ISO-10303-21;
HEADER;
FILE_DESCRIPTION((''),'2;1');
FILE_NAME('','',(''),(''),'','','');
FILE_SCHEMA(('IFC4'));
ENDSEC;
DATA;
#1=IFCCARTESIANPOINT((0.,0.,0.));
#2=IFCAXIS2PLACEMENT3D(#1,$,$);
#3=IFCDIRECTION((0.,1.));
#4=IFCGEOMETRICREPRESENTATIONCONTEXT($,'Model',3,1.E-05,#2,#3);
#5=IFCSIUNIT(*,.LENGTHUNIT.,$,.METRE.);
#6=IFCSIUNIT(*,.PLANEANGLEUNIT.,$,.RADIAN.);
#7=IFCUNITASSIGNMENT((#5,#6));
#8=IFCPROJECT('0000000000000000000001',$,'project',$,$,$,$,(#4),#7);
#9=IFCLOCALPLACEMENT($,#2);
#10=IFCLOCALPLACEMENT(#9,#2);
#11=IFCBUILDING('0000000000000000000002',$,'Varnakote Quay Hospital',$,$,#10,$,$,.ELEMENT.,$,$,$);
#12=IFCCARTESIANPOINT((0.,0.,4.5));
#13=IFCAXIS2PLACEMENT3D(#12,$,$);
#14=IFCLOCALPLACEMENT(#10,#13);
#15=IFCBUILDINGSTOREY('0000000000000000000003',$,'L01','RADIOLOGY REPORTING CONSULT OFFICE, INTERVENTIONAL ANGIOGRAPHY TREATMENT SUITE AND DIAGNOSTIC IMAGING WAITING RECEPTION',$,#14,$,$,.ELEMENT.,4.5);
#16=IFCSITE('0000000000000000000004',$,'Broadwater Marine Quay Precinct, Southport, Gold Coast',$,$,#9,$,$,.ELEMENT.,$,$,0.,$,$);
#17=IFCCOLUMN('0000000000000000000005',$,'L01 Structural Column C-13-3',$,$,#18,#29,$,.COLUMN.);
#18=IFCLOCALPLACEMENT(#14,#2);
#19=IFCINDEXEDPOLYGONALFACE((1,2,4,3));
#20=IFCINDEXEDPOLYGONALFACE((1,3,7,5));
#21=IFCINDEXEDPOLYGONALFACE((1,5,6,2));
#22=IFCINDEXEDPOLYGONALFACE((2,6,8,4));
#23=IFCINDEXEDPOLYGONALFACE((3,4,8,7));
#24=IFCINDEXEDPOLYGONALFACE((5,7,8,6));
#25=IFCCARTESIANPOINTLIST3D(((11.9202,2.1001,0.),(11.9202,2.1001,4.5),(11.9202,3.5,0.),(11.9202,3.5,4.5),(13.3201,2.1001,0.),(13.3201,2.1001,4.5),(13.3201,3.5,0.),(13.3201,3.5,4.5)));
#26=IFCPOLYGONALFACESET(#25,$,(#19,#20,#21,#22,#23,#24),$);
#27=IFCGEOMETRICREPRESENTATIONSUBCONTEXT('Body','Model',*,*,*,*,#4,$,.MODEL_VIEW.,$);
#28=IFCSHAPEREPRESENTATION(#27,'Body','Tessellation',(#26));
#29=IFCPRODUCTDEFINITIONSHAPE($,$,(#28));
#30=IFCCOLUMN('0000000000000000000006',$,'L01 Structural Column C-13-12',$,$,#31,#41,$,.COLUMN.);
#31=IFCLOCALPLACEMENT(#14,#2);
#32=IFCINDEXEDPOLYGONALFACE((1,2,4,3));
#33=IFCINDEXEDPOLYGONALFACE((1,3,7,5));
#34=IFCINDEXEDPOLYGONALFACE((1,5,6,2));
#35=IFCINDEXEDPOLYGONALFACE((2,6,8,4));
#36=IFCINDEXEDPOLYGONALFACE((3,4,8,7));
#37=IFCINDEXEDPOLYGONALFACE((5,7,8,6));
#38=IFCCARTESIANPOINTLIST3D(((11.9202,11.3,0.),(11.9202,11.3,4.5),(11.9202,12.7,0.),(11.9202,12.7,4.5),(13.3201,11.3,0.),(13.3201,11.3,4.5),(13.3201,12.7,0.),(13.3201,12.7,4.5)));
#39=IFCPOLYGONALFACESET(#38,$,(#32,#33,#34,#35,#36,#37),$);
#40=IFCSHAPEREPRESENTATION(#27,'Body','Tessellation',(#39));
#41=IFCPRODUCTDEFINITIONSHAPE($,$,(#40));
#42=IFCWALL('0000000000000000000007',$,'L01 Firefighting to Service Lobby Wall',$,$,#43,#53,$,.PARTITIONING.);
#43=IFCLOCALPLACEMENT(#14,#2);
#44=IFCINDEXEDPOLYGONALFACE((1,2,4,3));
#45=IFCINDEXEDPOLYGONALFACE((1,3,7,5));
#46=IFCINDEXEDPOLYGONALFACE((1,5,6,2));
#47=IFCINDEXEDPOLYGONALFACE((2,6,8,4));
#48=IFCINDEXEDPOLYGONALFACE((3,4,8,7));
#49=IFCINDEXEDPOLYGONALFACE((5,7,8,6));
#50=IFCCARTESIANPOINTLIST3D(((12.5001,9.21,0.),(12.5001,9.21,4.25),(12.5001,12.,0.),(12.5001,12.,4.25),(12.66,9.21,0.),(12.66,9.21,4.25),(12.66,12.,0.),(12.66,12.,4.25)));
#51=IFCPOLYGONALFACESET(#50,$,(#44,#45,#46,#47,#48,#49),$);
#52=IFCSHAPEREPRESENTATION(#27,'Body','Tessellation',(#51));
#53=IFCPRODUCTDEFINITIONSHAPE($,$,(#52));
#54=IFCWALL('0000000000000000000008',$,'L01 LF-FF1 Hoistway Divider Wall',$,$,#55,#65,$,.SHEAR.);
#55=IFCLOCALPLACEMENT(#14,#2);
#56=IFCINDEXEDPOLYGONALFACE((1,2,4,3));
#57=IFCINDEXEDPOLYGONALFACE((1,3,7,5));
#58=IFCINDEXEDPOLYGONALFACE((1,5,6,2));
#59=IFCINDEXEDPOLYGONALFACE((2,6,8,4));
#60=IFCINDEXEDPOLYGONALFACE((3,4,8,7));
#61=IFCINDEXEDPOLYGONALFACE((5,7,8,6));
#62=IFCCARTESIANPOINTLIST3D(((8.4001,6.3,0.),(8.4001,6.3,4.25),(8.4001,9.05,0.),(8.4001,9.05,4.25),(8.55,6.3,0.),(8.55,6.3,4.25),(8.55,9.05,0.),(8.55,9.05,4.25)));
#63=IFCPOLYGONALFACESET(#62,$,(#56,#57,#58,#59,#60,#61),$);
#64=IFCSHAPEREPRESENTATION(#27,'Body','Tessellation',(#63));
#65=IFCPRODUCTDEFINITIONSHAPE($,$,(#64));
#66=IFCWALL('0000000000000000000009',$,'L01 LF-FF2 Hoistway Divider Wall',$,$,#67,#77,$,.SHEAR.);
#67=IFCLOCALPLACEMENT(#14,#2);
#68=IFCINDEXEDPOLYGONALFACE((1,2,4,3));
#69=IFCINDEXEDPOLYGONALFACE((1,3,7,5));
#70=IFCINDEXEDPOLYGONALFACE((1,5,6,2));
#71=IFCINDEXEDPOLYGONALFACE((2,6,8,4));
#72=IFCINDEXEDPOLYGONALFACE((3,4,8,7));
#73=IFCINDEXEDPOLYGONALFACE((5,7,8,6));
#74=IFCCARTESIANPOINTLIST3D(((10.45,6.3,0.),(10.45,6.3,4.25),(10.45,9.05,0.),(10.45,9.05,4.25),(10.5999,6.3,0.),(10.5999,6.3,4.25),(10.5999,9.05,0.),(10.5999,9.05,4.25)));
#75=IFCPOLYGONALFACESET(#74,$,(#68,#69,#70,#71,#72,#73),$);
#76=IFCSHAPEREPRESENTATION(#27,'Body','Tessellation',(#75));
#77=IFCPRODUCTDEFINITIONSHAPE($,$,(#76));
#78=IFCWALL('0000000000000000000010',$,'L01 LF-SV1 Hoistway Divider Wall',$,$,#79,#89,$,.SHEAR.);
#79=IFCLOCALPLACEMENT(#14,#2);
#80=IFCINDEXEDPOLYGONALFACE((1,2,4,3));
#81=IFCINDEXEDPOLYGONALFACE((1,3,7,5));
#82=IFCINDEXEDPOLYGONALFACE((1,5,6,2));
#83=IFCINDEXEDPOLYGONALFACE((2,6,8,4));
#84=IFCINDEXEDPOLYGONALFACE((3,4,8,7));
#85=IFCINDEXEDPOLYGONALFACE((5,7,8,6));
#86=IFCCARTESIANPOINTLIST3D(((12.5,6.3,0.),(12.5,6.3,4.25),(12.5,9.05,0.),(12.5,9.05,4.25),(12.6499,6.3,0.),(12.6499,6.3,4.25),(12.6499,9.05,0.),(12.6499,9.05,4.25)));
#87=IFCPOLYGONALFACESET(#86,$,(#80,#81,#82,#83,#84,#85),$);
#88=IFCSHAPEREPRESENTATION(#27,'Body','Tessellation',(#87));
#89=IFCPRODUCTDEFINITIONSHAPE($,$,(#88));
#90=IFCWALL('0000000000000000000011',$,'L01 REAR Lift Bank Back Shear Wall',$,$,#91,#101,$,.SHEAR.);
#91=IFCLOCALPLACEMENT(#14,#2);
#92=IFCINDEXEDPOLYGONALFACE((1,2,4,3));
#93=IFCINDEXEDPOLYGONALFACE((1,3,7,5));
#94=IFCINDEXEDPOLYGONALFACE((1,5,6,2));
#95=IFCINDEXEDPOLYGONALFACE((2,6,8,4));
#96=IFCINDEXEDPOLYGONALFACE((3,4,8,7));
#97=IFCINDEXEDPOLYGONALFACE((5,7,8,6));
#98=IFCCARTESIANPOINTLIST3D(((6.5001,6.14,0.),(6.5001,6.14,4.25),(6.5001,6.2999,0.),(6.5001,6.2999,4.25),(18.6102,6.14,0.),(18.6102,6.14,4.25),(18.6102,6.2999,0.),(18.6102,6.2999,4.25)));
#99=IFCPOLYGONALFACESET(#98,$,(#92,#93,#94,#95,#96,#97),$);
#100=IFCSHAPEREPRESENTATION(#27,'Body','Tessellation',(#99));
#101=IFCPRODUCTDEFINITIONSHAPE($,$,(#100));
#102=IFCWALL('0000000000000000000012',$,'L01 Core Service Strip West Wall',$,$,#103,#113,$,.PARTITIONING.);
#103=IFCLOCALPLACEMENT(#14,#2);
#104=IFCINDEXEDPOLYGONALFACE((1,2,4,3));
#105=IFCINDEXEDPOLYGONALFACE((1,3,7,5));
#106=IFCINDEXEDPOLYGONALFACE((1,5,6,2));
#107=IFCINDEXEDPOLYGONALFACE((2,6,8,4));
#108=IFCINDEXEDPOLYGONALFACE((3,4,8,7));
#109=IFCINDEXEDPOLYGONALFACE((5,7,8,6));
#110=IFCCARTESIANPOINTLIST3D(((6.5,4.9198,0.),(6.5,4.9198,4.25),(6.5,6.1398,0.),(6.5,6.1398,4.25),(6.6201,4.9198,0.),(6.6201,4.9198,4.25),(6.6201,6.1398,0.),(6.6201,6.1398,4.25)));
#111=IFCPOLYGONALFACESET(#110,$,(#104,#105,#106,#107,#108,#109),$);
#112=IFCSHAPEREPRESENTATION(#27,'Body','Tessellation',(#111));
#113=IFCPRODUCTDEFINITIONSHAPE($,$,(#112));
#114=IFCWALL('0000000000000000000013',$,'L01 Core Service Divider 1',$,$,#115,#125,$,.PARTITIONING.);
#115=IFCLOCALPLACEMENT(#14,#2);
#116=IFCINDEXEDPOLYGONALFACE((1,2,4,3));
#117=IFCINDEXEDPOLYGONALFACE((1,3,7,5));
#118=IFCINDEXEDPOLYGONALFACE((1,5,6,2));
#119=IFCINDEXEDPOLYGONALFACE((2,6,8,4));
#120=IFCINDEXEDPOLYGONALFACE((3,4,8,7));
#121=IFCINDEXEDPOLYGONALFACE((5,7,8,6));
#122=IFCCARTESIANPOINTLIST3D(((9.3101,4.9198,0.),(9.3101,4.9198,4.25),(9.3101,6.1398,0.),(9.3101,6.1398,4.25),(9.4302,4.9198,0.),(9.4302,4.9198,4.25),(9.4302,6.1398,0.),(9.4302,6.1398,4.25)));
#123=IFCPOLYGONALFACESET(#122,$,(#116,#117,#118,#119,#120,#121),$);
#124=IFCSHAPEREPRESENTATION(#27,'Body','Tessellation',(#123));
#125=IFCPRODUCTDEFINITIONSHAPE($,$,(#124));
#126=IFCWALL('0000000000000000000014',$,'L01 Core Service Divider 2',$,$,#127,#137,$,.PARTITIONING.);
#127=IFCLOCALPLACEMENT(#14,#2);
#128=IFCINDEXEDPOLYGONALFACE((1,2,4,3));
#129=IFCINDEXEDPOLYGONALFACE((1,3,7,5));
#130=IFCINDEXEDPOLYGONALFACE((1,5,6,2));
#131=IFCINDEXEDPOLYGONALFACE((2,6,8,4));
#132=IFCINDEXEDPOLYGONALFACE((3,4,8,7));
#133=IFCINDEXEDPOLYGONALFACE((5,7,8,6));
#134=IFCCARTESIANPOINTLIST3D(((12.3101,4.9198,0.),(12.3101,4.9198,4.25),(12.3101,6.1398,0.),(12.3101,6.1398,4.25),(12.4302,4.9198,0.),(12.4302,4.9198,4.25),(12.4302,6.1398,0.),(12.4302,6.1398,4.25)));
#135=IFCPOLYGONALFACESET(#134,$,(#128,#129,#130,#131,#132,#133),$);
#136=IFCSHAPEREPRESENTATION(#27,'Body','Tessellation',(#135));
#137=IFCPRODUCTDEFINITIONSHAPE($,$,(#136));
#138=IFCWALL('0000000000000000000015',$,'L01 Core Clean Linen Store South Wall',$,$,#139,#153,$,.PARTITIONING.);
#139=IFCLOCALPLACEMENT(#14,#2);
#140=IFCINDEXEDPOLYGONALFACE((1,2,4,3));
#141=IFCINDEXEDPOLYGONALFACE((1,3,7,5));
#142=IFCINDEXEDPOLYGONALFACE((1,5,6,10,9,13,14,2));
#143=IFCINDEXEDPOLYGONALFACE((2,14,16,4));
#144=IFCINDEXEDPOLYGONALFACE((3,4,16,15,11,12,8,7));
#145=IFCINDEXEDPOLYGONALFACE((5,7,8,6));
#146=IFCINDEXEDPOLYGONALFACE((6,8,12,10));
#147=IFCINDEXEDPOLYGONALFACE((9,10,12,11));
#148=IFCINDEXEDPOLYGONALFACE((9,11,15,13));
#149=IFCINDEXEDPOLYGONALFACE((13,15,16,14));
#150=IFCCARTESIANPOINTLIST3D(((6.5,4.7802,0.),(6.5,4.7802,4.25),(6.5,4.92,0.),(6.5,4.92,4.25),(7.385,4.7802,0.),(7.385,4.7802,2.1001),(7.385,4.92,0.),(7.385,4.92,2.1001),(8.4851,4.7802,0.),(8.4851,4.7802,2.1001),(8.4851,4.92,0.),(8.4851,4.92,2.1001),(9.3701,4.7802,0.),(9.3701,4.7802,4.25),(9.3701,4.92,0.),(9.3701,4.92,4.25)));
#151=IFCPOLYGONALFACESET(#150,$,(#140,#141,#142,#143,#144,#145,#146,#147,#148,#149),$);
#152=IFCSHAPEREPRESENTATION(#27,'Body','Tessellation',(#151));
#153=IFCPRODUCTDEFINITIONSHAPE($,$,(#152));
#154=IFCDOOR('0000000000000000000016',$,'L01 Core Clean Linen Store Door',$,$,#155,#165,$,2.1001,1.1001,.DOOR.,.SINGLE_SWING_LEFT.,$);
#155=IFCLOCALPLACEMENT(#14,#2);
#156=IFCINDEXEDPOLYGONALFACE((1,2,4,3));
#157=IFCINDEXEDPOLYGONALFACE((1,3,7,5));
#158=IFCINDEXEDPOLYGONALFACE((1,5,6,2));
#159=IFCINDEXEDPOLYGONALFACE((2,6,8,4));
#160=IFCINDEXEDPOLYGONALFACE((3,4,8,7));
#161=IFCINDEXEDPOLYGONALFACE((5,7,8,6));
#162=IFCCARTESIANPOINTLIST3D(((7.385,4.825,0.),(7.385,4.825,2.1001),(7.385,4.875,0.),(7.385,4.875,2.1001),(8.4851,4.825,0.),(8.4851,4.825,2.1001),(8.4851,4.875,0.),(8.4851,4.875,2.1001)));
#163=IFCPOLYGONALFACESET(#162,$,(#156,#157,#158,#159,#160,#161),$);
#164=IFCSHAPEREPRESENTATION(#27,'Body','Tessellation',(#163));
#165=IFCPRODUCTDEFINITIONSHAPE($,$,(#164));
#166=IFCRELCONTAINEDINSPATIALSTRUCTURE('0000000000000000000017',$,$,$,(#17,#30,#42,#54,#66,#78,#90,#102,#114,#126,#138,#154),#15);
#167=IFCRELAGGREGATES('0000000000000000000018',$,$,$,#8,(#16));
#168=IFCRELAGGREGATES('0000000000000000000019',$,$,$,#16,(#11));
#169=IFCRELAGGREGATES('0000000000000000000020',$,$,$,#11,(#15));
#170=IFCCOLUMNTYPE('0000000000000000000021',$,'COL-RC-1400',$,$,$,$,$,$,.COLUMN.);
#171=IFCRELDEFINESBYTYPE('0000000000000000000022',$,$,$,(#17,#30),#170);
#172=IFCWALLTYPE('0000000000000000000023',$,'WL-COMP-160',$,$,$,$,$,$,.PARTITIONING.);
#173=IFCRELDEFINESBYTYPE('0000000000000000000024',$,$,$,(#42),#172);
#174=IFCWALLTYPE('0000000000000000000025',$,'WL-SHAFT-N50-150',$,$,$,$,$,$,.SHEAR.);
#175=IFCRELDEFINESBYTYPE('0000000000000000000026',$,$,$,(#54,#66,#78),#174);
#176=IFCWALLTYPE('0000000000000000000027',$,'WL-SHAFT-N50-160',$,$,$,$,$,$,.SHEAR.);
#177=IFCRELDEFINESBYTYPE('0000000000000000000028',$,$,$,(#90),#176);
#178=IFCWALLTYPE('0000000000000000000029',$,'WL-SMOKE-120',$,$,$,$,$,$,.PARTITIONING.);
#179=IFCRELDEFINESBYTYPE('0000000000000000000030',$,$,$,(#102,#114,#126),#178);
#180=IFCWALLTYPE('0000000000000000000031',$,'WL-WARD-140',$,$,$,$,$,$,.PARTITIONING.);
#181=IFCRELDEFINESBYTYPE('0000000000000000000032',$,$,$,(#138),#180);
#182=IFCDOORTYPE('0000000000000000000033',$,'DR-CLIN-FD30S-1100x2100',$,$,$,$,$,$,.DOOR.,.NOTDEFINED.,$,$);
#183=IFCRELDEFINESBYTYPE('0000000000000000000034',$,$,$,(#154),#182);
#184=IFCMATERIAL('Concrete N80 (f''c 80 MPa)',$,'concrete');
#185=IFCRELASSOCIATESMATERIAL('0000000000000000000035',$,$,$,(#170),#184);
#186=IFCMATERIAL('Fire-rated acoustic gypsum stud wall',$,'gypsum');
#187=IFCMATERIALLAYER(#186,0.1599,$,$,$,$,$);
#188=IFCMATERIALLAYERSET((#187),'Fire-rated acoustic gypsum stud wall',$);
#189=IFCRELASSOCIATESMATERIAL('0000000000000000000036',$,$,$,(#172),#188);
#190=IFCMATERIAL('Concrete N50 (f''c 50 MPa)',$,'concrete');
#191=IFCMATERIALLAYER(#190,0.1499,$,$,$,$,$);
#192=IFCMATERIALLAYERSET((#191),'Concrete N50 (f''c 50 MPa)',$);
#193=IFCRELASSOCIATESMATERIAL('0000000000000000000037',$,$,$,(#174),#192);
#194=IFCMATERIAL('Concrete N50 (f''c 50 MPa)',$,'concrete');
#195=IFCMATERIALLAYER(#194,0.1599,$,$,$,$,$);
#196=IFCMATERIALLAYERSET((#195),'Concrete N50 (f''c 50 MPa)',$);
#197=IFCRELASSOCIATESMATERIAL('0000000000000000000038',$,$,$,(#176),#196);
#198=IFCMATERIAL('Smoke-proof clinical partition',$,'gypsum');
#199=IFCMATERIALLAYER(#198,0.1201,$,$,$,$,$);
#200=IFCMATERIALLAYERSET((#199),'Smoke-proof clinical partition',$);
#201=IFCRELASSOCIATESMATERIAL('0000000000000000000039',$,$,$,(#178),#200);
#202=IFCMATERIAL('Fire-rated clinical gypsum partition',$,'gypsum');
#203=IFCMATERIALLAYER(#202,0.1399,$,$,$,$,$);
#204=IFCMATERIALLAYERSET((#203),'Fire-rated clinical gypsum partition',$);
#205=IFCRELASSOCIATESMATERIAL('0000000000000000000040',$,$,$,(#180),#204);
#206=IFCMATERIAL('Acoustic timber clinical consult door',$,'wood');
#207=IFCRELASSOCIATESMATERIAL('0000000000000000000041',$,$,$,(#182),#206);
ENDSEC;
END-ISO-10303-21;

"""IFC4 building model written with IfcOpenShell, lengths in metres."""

from ifc_helpers import new_model, si_unit, direction, frame, frame_2d, origin, origin_2d, place, context, subcontext, project, spatial, rectangle, extrude, material, layer, layer_set, material_profile, profile_set, type_object, element, fill, save


model = new_model("IFC4")

# Units and contexts
model_context = context("Model", 3, precision=1e-05, world=origin(), true_north=direction((0.0, 1.0)))
body_context = subcontext(model_context, "Body", "Model", "MODEL_VIEW")
ifc_project = project(units=[si_unit("LENGTHUNIT", "METRE"), si_unit("PLANEANGLEUNIT", "RADIAN")], contexts=[model_context])

# Site, building, storey
site_placement = place(None, origin())
site = spatial("IfcSite", under=ifc_project, at=site_placement, Name="Broadwater Marine Quay Precinct, Southport, Gold Coast", CompositionType="ELEMENT", RefElevation=0.0)
building_placement = place(site_placement, origin())
building = spatial("IfcBuilding", under=site, at=building_placement, Name="Varnakote Quay Hospital", CompositionType="ELEMENT")
storey_placement = place(building_placement, frame((0.0, 0.0, 4.5)))
storey = spatial("IfcBuildingStorey", under=building, at=storey_placement, Name="L01", Description="RADIOLOGY REPORTING CONSULT OFFICE, INTERVENTIONAL ANGIOGRAPHY TREATMENT SUITE AND DIAGNOSTIC IMAGING WAITING RECEPTION", CompositionType="ELEMENT", Elevation=4.5)

# Columns
ifc_material_1 = material(Name="Concrete N80 (f'c 80 MPa)", Category="concrete")
ifc_material_profile = material_profile(ifc_material_1, rectangle(XDim=1.3999, YDim=1.3999, at=origin_2d()), Name="RC-COL-1400x1400")
ifc_profile_set = profile_set([ifc_material_profile], Name="Concrete N80 (f'c 80 MPa)")
column_type = type_object("IfcColumnType", Name="COL-RC-1400", PredefinedType="COLUMN", material=ifc_profile_set)
for number, where, z_axis, x_axis, name in (
    (1, (12.6201, 2.8, 0.0), (0.0, 0.0, 1.0), (1.0, 0.0, 0.0), "L01 Structural Column C-13-3"),
    (2, (12.6201, 12.0, 0.0), (0.0, 0.0, 1.0), (1.0, 0.0, 0.0), "L01 Structural Column C-13-12"),
):
    element("IfcColumn", number, at=place(storey_placement, frame(where, z_axis=z_axis, x_axis=x_axis)), inside=storey, type_object=column_type, Name=name, PredefinedType="COLUMN", context=body_context, shape_type="SweptSolid", body=[
        extrude(rectangle(XDim=1.3999, YDim=1.3999, at=origin_2d()), origin(), (0.0, 0.0, 1.0), 4.5),
    ])

# Walls
ifc_material_2 = material(Name="Fire-rated acoustic gypsum stud wall", Category="gypsum")
ifc_layer_1 = layer(ifc_material_2, 0.1599)
ifc_layer_set_1 = layer_set([ifc_layer_1], Name="Fire-rated acoustic gypsum stud wall")
wall_type_1 = type_object("IfcWallType", Name="WL-COMP-160", PredefinedType="PARTITIONING", material=ifc_layer_set_1)
wall_1_placement = place(storey_placement, frame((12.5801, 9.21, 0.0), z_axis=(0.0, 0.0, 1.0), x_axis=(0.0, 1.0, 0.0)))
element("IfcWall", 3, at=wall_1_placement, inside=storey, type_object=wall_type_1, Name="L01 Firefighting to Service Lobby Wall", PredefinedType="PARTITIONING", context=body_context, shape_type="SweptSolid", body=[
    extrude(rectangle(XDim=2.79, YDim=0.1599, at=frame_2d((1.395, 0.0))), origin(), (0.0, 0.0, 1.0), 4.25),
])
ifc_material_3 = material(Name="Concrete N50 (f'c 50 MPa)", Category="concrete")
ifc_layer_2 = layer(ifc_material_3, 0.1499)
ifc_layer_set_2 = layer_set([ifc_layer_2], Name="Concrete N50 (f'c 50 MPa)")
wall_type_2 = type_object("IfcWallType", Name="WL-SHAFT-N50-150", PredefinedType="SHEAR", material=ifc_layer_set_2)
for number, where, z_axis, x_axis, name in (
    (4, (8.4751, 6.3, 0.0), (0.0, 0.0, 1.0), (0.0, 1.0, 0.0), "L01 LF-FF1 Hoistway Divider Wall"),
    (5, (10.5249, 6.3, 0.0), (0.0, 0.0, 1.0), (0.0, 1.0, 0.0), "L01 LF-FF2 Hoistway Divider Wall"),
    (6, (12.575, 6.3, 0.0), (0.0, 0.0, 1.0), (0.0, 1.0, 0.0), "L01 LF-SV1 Hoistway Divider Wall"),
):
    element("IfcWall", number, at=place(storey_placement, frame(where, z_axis=z_axis, x_axis=x_axis)), inside=storey, type_object=wall_type_2, Name=name, PredefinedType="SHEAR", context=body_context, shape_type="SweptSolid", body=[
        extrude(rectangle(XDim=2.75, YDim=0.1499, at=frame_2d((1.375, 0.0))), origin(), (0.0, 0.0, 1.0), 4.25),
    ])
ifc_material_4 = material(Name="Concrete N50 (f'c 50 MPa)", Category="concrete")
ifc_layer_3 = layer(ifc_material_4, 0.1599)
ifc_layer_set_3 = layer_set([ifc_layer_3], Name="Concrete N50 (f'c 50 MPa)")
wall_type_3 = type_object("IfcWallType", Name="WL-SHAFT-N50-160", PredefinedType="SHEAR", material=ifc_layer_set_3)
wall_2_placement = place(storey_placement, frame((6.5, 6.22, 0.0), z_axis=(0.0, 0.0, 1.0), x_axis=(1.0, 0.0, 0.0)))
element("IfcWall", 7, at=wall_2_placement, inside=storey, type_object=wall_type_3, Name="L01 REAR Lift Bank Back Shear Wall", PredefinedType="SHEAR", context=body_context, shape_type="SweptSolid", body=[
    extrude(rectangle(XDim=12.1101, YDim=0.1599, at=frame_2d((6.0552, 0.0))), origin(), (0.0, 0.0, 1.0), 4.25),
])

# Walls
ifc_material_5 = material(Name="Smoke-proof clinical partition", Category="gypsum")
ifc_layer_4 = layer(ifc_material_5, 0.1201)
ifc_layer_set_4 = layer_set([ifc_layer_4], Name="Smoke-proof clinical partition")
wall_type_4 = type_object("IfcWallType", Name="WL-SMOKE-120", PredefinedType="PARTITIONING", material=ifc_layer_set_4)
for number, where, z_axis, x_axis, name in (
    (8, (6.5601, 4.9199, 0.0), (0.0, 0.0, 1.0), (0.0, 1.0, 0.0), "L01 Core Service Strip West Wall"),
    (9, (9.3701, 4.9199, 0.0), (0.0, 0.0, 1.0), (0.0, 1.0, 0.0), "L01 Core Service Divider 1"),
    (10, (12.3701, 4.9199, 0.0), (0.0, 0.0, 1.0), (0.0, 1.0, 0.0), "L01 Core Service Divider 2"),
):
    element("IfcWall", number, at=place(storey_placement, frame(where, z_axis=z_axis, x_axis=x_axis)), inside=storey, type_object=wall_type_4, Name=name, PredefinedType="PARTITIONING", context=body_context, shape_type="SweptSolid", body=[
        extrude(rectangle(XDim=1.22, YDim=0.1201, at=frame_2d((0.6099, 0.0))), origin(), (0.0, 0.0, 1.0), 4.25),
    ])

# Wall, opening, door
ifc_material_6 = material(Name="Fire-rated clinical gypsum partition", Category="gypsum")
ifc_layer_5 = layer(ifc_material_6, 0.1399)
ifc_layer_set_5 = layer_set([ifc_layer_5], Name="Fire-rated clinical gypsum partition")
wall_type_5 = type_object("IfcWallType", Name="WL-WARD-140", PredefinedType="PARTITIONING", material=ifc_layer_set_5)
wall_3_placement = place(storey_placement, frame((6.5, 4.8501, 0.0), z_axis=(0.0, 0.0, 1.0), x_axis=(1.0, 0.0, 0.0)))
wall_3 = element("IfcWall", 11, at=wall_3_placement, inside=storey, type_object=wall_type_5, Name="L01 Core Clean Linen Store South Wall", PredefinedType="PARTITIONING", context=body_context, shape_type="SweptSolid", body=[
    extrude(rectangle(XDim=2.8701, YDim=0.1399, at=frame_2d((1.4351, 0.0))), origin(), (0.0, 0.0, 1.0), 4.25),
])
opening_1_placement = place(wall_3_placement, frame((0.885, 0.0, 0.0)))
opening_1 = element("IfcOpeningElement", 12, at=opening_1_placement, cuts=wall_3, PredefinedType="OPENING", context=body_context, shape_type="SweptSolid", body=[
    extrude(rectangle(XDim=1.1001, YDim=2.1001, at=frame_2d((0.55, 1.05))), frame((0.0, 0.0798, 0.0), z_axis=(0.0, -1.0, 0.0), x_axis=(1.0, 0.0, 0.0)), (0.0, 0.0, 1.0), 0.1599),
])
ifc_material_7 = material(Name="Acoustic timber clinical consult door", Category="wood")
door_type_1 = type_object("IfcDoorType", Name="DR-CLIN-FD30S-1100x2100", OperationType="NOTDEFINED", PredefinedType="DOOR", material=ifc_material_7)
door_1_placement = place(opening_1_placement, origin())
door_1 = element("IfcDoor", 13, at=door_1_placement, inside=storey, type_object=door_type_1, Name="L01 Core Clean Linen Store Door", OperationType="SINGLE_SWING_LEFT", OverallHeight=2.1001, OverallWidth=1.1001, PredefinedType="DOOR", context=body_context, shape_type="SweptSolid", body=[
    extrude(rectangle(XDim=1.1001, YDim=2.1001, at=frame_2d((0.55, 1.05))), frame((0.0, 0.0249, 0.0), z_axis=(0.0, -1.0, 0.0), x_axis=(1.0, 0.0, 0.0)), (0.0, 0.0, 1.0), 0.05),
])
fill(opening_1, door_1)

save(model, "model.ifc")
